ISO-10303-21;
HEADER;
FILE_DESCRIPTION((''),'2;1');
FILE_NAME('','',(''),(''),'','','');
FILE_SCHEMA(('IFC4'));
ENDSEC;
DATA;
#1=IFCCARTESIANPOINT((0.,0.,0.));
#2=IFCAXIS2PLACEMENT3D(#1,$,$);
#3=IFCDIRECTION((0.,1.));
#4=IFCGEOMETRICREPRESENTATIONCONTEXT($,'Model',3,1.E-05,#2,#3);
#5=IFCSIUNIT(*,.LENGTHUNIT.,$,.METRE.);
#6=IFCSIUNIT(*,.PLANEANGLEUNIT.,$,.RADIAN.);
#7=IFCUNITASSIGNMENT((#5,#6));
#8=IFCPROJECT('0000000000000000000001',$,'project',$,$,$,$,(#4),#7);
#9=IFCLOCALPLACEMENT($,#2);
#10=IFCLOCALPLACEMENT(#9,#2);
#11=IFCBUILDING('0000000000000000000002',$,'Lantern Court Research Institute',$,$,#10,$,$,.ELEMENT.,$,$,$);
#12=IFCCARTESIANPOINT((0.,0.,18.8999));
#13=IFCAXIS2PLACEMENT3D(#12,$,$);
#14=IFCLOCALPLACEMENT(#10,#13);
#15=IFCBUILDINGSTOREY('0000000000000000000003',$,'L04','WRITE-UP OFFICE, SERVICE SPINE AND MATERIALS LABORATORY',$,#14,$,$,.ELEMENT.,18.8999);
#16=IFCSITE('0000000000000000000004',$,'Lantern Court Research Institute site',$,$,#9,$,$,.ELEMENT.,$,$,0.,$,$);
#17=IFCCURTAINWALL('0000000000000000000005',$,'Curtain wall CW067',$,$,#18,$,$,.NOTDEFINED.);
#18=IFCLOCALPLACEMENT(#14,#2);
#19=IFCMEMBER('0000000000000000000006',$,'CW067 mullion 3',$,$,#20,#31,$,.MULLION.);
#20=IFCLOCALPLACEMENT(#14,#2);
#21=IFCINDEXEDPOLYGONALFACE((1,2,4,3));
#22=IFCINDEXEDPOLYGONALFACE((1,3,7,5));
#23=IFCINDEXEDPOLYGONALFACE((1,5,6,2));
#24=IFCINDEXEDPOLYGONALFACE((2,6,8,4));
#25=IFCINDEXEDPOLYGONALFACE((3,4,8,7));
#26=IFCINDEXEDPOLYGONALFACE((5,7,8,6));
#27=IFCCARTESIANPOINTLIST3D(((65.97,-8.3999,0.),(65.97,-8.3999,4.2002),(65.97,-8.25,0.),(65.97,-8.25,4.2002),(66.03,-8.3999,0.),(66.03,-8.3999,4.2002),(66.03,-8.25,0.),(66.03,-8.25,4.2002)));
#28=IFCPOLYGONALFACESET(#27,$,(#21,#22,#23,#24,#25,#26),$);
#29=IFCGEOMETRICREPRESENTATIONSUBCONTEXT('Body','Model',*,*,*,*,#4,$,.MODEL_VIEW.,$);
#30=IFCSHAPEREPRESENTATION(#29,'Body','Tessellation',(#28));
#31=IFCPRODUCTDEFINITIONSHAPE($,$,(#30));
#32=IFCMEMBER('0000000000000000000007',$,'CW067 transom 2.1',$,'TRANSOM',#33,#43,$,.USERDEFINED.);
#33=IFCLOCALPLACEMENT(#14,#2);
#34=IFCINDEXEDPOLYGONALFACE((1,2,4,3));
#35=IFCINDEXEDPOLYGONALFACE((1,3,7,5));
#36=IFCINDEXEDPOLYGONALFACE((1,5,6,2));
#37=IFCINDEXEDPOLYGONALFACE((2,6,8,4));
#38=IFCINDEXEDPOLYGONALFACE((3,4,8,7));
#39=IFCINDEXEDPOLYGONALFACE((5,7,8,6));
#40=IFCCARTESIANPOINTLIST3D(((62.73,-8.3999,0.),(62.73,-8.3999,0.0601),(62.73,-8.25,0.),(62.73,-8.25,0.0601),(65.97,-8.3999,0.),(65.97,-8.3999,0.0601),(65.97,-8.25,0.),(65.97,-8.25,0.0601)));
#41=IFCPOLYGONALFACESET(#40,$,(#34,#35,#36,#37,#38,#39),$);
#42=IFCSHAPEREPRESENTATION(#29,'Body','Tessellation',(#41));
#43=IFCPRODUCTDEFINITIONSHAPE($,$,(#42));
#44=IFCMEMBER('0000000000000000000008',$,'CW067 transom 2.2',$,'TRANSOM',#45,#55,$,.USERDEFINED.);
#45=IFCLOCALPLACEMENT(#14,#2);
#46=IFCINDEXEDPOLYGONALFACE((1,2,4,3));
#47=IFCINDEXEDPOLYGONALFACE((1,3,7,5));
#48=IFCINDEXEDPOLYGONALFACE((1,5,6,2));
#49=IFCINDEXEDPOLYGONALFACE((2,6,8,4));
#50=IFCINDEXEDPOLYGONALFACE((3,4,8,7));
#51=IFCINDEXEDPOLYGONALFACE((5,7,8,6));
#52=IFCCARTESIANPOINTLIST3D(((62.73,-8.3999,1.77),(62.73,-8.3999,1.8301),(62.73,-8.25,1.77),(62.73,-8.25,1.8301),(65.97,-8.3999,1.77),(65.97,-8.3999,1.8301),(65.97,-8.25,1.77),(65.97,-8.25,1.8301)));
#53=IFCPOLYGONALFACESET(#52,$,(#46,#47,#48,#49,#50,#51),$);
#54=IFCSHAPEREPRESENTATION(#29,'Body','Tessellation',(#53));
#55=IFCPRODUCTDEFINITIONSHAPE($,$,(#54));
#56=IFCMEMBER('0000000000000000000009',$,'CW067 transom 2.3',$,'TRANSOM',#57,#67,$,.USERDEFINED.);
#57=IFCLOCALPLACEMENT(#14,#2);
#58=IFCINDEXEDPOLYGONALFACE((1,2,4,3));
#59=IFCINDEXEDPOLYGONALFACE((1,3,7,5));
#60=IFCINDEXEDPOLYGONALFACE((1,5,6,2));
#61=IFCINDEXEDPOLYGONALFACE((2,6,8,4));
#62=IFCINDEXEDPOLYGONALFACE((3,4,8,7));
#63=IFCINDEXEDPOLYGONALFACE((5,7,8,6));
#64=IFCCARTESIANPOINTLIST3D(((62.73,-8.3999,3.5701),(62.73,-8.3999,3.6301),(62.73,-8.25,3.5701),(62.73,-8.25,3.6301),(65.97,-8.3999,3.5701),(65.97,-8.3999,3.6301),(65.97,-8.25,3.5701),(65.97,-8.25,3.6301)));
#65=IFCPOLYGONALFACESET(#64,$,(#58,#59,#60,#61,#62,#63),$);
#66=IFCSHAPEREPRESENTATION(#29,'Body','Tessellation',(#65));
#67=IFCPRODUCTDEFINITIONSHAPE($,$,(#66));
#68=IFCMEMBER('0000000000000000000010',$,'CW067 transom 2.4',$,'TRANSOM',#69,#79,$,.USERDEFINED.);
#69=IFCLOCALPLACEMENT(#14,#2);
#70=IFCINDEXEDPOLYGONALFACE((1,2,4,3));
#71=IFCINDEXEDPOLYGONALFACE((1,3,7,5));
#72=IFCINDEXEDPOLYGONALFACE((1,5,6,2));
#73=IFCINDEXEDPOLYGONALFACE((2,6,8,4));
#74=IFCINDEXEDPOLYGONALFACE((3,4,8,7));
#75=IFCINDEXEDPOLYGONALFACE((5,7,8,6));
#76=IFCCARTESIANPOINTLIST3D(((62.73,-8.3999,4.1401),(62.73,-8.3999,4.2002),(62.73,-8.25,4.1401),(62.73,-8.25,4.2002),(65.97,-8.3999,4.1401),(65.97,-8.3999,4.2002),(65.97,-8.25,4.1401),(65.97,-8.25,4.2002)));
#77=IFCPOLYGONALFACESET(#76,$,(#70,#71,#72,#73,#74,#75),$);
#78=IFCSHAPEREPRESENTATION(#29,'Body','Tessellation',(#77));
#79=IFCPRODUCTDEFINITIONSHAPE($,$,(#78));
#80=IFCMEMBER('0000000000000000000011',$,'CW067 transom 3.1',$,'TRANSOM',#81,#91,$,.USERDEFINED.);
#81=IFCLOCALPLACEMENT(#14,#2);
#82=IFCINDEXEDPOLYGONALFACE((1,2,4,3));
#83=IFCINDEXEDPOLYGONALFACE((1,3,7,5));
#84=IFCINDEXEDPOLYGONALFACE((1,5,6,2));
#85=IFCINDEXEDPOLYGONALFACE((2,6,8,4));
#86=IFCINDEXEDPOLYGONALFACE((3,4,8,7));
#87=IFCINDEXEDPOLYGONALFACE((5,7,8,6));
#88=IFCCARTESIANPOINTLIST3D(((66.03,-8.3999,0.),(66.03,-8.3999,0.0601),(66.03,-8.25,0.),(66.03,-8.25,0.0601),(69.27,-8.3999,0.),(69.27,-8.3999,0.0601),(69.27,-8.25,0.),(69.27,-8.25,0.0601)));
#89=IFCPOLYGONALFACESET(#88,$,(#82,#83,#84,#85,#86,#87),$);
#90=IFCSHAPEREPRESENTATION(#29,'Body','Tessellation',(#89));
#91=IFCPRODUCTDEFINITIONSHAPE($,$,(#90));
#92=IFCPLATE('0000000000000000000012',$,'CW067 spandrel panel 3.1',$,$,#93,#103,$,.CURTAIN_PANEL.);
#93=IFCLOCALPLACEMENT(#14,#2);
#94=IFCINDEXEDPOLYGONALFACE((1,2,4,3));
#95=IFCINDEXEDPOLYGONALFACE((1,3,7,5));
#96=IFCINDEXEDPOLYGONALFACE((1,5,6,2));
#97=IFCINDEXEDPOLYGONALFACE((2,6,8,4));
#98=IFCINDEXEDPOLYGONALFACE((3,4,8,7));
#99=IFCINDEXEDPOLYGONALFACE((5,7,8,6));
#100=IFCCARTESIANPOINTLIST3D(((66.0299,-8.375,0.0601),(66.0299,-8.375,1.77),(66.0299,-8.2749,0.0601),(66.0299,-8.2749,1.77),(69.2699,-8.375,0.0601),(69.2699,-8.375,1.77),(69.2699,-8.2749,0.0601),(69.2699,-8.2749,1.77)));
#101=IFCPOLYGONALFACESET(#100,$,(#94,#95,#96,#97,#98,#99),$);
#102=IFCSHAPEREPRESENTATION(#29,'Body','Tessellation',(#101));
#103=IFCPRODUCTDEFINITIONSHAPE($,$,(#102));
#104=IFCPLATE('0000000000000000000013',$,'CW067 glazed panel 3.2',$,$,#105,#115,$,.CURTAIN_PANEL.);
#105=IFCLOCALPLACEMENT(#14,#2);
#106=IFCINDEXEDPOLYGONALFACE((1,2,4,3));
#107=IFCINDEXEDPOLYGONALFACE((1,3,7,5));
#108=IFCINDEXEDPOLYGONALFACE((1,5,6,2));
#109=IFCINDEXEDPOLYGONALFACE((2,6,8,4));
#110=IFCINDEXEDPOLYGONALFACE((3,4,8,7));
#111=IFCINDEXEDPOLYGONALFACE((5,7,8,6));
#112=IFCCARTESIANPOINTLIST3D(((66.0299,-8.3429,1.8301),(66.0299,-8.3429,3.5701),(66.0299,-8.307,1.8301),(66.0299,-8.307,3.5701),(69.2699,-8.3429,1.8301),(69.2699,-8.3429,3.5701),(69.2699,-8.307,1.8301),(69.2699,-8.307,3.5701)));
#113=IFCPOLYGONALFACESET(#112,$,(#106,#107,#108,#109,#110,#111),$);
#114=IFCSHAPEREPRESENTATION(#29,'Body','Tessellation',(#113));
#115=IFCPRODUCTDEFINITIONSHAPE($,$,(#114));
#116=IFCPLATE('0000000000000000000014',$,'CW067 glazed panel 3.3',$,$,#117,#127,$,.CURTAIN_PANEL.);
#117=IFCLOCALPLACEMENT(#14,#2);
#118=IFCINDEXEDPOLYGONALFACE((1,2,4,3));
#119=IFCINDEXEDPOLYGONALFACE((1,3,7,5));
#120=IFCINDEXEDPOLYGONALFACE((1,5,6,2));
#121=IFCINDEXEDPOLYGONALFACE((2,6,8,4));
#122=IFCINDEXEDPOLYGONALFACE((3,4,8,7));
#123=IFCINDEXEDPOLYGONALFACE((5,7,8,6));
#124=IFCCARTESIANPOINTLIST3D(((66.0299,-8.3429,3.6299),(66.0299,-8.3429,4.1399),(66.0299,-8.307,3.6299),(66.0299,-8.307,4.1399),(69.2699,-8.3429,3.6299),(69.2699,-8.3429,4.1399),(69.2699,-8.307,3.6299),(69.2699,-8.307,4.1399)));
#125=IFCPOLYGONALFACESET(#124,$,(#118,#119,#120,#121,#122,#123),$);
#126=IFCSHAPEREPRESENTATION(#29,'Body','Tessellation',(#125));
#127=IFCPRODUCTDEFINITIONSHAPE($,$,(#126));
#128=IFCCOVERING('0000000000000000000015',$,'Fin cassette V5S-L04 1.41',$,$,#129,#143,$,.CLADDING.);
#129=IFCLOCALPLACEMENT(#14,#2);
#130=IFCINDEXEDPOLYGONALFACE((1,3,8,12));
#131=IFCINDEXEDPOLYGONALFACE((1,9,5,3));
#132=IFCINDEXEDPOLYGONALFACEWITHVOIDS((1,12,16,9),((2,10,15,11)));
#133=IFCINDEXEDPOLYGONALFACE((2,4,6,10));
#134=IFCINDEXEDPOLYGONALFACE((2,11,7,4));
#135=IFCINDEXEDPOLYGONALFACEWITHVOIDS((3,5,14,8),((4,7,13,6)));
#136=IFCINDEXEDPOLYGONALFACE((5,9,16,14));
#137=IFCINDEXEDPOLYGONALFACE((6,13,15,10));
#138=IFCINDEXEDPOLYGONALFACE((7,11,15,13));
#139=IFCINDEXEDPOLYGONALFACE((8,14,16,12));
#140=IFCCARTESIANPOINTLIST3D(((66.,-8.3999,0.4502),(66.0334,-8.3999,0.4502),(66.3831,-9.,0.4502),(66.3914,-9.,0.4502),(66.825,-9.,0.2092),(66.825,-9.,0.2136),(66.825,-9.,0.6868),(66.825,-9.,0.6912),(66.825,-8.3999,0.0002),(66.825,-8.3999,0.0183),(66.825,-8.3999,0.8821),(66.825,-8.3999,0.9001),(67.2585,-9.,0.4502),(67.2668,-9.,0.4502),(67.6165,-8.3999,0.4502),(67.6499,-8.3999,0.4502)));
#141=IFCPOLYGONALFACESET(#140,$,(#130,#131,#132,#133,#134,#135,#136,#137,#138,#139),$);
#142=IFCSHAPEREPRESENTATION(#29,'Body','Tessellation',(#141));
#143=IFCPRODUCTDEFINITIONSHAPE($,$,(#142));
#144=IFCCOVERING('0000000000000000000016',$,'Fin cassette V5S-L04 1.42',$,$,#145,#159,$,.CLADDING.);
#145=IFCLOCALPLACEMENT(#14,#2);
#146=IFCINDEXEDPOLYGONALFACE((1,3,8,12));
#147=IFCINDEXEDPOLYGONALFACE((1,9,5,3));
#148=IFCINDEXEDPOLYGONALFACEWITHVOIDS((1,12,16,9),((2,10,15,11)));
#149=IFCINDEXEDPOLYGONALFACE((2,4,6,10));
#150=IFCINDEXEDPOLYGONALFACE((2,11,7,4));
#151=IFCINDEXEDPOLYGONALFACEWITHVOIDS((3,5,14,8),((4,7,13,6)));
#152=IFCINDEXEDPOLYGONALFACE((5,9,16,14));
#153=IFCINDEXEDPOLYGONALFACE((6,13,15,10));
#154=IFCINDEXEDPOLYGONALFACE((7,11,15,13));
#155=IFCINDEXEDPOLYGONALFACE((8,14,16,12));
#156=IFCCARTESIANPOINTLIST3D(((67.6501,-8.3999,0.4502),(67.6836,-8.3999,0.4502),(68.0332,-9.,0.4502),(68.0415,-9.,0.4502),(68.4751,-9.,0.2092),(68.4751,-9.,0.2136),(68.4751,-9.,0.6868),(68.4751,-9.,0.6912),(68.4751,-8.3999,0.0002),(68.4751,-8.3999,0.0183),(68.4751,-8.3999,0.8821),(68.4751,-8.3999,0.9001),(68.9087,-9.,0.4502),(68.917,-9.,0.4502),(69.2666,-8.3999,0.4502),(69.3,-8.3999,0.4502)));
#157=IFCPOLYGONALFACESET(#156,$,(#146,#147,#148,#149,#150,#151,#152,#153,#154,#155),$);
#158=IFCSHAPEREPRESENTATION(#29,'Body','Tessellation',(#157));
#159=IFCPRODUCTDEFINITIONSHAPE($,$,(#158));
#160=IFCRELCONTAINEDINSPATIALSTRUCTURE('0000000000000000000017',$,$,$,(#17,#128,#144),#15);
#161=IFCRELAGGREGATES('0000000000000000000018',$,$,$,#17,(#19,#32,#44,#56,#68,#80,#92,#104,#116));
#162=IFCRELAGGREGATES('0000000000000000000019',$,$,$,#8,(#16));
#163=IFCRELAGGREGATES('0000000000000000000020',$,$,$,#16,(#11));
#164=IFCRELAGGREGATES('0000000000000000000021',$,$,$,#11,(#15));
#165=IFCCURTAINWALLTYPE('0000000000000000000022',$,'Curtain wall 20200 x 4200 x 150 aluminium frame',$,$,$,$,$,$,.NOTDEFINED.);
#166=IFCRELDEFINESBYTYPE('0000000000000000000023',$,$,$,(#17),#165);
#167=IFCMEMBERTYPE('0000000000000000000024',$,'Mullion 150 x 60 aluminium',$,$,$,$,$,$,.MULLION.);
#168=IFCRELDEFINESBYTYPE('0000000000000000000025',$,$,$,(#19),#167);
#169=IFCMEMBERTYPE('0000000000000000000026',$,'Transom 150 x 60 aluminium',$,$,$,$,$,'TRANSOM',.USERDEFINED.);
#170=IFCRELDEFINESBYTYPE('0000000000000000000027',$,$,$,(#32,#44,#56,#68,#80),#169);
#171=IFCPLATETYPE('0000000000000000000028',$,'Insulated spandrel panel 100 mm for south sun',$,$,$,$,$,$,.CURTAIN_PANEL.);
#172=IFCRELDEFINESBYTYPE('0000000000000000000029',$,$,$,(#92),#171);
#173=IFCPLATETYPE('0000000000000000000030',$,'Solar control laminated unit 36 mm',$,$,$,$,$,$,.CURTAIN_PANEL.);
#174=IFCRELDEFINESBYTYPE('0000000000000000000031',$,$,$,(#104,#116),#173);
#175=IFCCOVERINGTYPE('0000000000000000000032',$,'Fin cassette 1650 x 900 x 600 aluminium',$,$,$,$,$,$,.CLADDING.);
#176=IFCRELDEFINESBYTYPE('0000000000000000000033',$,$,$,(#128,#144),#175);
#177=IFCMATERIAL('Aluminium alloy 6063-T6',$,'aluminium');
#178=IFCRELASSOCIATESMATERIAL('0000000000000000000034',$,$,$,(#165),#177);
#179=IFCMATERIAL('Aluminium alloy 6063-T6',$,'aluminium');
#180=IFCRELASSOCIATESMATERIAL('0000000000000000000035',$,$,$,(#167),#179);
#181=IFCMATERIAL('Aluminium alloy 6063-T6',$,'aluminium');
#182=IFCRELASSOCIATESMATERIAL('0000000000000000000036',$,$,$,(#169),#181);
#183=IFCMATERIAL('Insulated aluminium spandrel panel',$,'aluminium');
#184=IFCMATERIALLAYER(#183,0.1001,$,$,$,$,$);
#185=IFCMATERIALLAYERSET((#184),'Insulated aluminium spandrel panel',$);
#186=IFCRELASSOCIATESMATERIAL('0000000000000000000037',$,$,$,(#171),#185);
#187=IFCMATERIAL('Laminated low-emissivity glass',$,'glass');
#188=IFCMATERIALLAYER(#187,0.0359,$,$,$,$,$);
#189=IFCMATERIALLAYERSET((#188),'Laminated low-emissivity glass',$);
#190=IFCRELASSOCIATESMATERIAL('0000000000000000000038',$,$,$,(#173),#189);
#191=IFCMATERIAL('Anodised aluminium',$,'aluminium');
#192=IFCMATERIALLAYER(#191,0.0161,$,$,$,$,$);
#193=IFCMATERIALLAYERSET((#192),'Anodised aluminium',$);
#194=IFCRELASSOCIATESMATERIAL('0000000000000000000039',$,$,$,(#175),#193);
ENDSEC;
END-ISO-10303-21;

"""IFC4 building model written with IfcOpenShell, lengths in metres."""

from ifc_helpers import new_model, entity, si_unit, direction, frame, origin, origin_2d, place, context, subcontext, project, spatial, rectangle, extrude, material, layer, layer_set, material_profile, profile_set, type_object, element, aggregate, save


model = new_model("IFC4")

# Units and contexts
model_context = context("Model", 3, precision=1e-05, world=origin(), true_north=direction((0.0, 1.0)))
body_context = subcontext(model_context, "Body", "Model", "MODEL_VIEW")
ifc_project = project(units=[si_unit("LENGTHUNIT", "METRE"), si_unit("PLANEANGLEUNIT", "RADIAN")], contexts=[model_context])

# Site, building, storey
site_placement = place(None, origin())
site = spatial("IfcSite", under=ifc_project, at=site_placement, Name="Lantern Court Research Institute site", CompositionType="ELEMENT", RefElevation=0.0)
building_placement = place(site_placement, origin())
building = spatial("IfcBuilding", under=site, at=building_placement, Name="Lantern Court Research Institute", CompositionType="ELEMENT")
storey_placement = place(building_placement, frame((0.0, 0.0, 18.8999)))
storey = spatial("IfcBuildingStorey", under=building, at=storey_placement, Name="L04", Description="WRITE-UP OFFICE, SERVICE SPINE AND MATERIALS LABORATORY", CompositionType="ELEMENT", Elevation=18.8999)

# Curtain wall, members, plates
ifc_material_1 = material(Name="Aluminium alloy 6063-T6", Category="aluminium")
curtain_wall_type = type_object("IfcCurtainWallType", Name="Curtain wall 20200 x 4200 x 150 aluminium frame", PredefinedType="NOTDEFINED", material=ifc_material_1)
curtain_wall_placement = place(storey_placement, origin())
curtain_wall = element("IfcCurtainWall", 1, at=curtain_wall_placement, inside=storey, type_object=curtain_wall_type, Name="Curtain wall CW067", PredefinedType="NOTDEFINED")
ifc_material_2 = material(Name="Aluminium alloy 6063-T6", Category="aluminium")
ifc_material_profile_1 = material_profile(ifc_material_2, rectangle(XDim=0.1499, YDim=0.0601, at=origin_2d()), Name="Mullion 150 x 60")
ifc_profile_set_1 = profile_set([ifc_material_profile_1], Name="Aluminium alloy 6063-T6")
member_type_1 = type_object("IfcMemberType", Name="Mullion 150 x 60 aluminium", PredefinedType="MULLION", material=ifc_profile_set_1)
member_1_placement = place(storey_placement, frame((66.0, -8.325, 0.0), z_axis=(0.0, 0.0, 1.0), x_axis=(0.0, -1.0, 0.0)))
member_1 = element("IfcMember", 2, at=member_1_placement, type_object=member_type_1, Name="CW067 mullion 3", PredefinedType="MULLION", context=body_context, shape_type="SweptSolid", body=[
    extrude(rectangle(XDim=0.1499, YDim=0.0601, at=origin_2d()), origin(), (0.0, 0.0, 1.0), 4.2002),
])
ifc_material_3 = material(Name="Aluminium alloy 6063-T6", Category="aluminium")
ifc_material_profile_2 = material_profile(ifc_material_3, rectangle(XDim=0.1499, YDim=0.0601, at=origin_2d()), Name="Transom 150 x 60")
ifc_profile_set_2 = profile_set([ifc_material_profile_2], Name="Aluminium alloy 6063-T6")
member_type_2 = type_object("IfcMemberType", Name="Transom 150 x 60 aluminium", ElementType="TRANSOM", PredefinedType="USERDEFINED", material=ifc_profile_set_2)
member_2_placement = place(storey_placement, frame((65.97, -8.325, 0.03), z_axis=(-1.0, 0.0, 0.0), x_axis=(0.0, -1.0, 0.0)))
member_2 = element("IfcMember", 3, at=member_2_placement, type_object=member_type_2, Name="CW067 transom 2.1", ObjectType="TRANSOM", PredefinedType="USERDEFINED", context=body_context, shape_type="SweptSolid", body=[
    extrude(rectangle(XDim=0.1499, YDim=0.0601, at=origin_2d()), origin(), (0.0, 0.0, 1.0), 3.24),
])
member_3_placement = place(storey_placement, frame((65.97, -8.325, 1.8), z_axis=(-1.0, 0.0, 0.0), x_axis=(0.0, -1.0, 0.0)))
member_3 = element("IfcMember", 4, at=member_3_placement, type_object=member_type_2, Name="CW067 transom 2.2", ObjectType="TRANSOM", PredefinedType="USERDEFINED", context=body_context, shape_type="SweptSolid", body=[
    extrude(rectangle(XDim=0.1499, YDim=0.0601, at=origin_2d()), origin(), (0.0, 0.0, 1.0), 3.24),
])
member_4_placement = place(storey_placement, frame((65.97, -8.325, 3.6001), z_axis=(-1.0, 0.0, 0.0), x_axis=(0.0, -1.0, 0.0)))
member_4 = element("IfcMember", 5, at=member_4_placement, type_object=member_type_2, Name="CW067 transom 2.3", ObjectType="TRANSOM", PredefinedType="USERDEFINED", context=body_context, shape_type="SweptSolid", body=[
    extrude(rectangle(XDim=0.1499, YDim=0.0601, at=origin_2d()), origin(), (0.0, 0.0, 1.0), 3.24),
])
member_5_placement = place(storey_placement, frame((65.97, -8.325, 4.1702), z_axis=(-1.0, 0.0, 0.0), x_axis=(0.0, -1.0, 0.0)))
member_5 = element("IfcMember", 6, at=member_5_placement, type_object=member_type_2, Name="CW067 transom 2.4", ObjectType="TRANSOM", PredefinedType="USERDEFINED", context=body_context, shape_type="SweptSolid", body=[
    extrude(rectangle(XDim=0.1499, YDim=0.0601, at=origin_2d()), origin(), (0.0, 0.0, 1.0), 3.24),
])
member_6_placement = place(storey_placement, frame((69.27, -8.325, 0.03), z_axis=(-1.0, 0.0, 0.0), x_axis=(0.0, -1.0, 0.0)))
member_6 = element("IfcMember", 7, at=member_6_placement, type_object=member_type_2, Name="CW067 transom 3.1", ObjectType="TRANSOM", PredefinedType="USERDEFINED", context=body_context, shape_type="SweptSolid", body=[
    extrude(rectangle(XDim=0.1499, YDim=0.0601, at=origin_2d()), origin(), (0.0, 0.0, 1.0), 3.24),
])
ifc_material_4 = material(Name="Insulated aluminium spandrel panel", Category="aluminium")
ifc_layer_1 = layer(ifc_material_4, 0.1001)
ifc_layer_set_1 = layer_set([ifc_layer_1], Name="Insulated aluminium spandrel panel")
plate_type_1 = type_object("IfcPlateType", Name="Insulated spandrel panel 100 mm for south sun", PredefinedType="CURTAIN_PANEL", material=ifc_layer_set_1)
plate_1_placement = place(storey_placement, frame((67.6499, -8.325, 0.0601), z_axis=(0.0, 0.0, 1.0), x_axis=(-1.0, 0.0, 0.0)))
plate_1 = element("IfcPlate", 8, at=plate_1_placement, type_object=plate_type_1, Name="CW067 spandrel panel 3.1", PredefinedType="CURTAIN_PANEL", context=body_context, shape_type="SweptSolid", body=[
    extrude(rectangle(XDim=3.24, YDim=0.1001, at=origin_2d()), origin(), (0.0, 0.0, 1.0), 1.71),
])
ifc_material_5 = material(Name="Laminated low-emissivity glass", Category="glass")
ifc_layer_2 = layer(ifc_material_5, 0.0359)
ifc_layer_set_2 = layer_set([ifc_layer_2], Name="Laminated low-emissivity glass")
plate_type_2 = type_object("IfcPlateType", Name="Solar control laminated unit 36 mm", PredefinedType="CURTAIN_PANEL", material=ifc_layer_set_2)
plate_2_placement = place(storey_placement, frame((67.6499, -8.325, 1.8301), z_axis=(0.0, 0.0, 1.0), x_axis=(-1.0, 0.0, 0.0)))
plate_2 = element("IfcPlate", 9, at=plate_2_placement, type_object=plate_type_2, Name="CW067 glazed panel 3.2", PredefinedType="CURTAIN_PANEL", context=body_context, shape_type="SweptSolid", body=[
    extrude(rectangle(XDim=3.24, YDim=0.0359, at=origin_2d()), origin(), (0.0, 0.0, 1.0), 1.74),
])
plate_3_placement = place(storey_placement, frame((67.6499, -8.325, 3.6299), z_axis=(0.0, 0.0, 1.0), x_axis=(-1.0, 0.0, 0.0)))
plate_3 = element("IfcPlate", 10, at=plate_3_placement, type_object=plate_type_2, Name="CW067 glazed panel 3.3", PredefinedType="CURTAIN_PANEL", context=body_context, shape_type="SweptSolid", body=[
    extrude(rectangle(XDim=3.24, YDim=0.0359, at=origin_2d()), origin(), (0.0, 0.0, 1.0), 0.51),
])
aggregate(curtain_wall, [member_1, member_2, member_3, member_4, member_5, member_6, plate_1, plate_2, plate_3])

# Coverings
ifc_material_6 = material(Name="Anodised aluminium", Category="aluminium")
ifc_layer_3 = layer(ifc_material_6, 0.0161)
ifc_layer_set_3 = layer_set([ifc_layer_3], Name="Anodised aluminium")
covering_type = type_object("IfcCoveringType", Name="Fin cassette 1650 x 900 x 600 aluminium", PredefinedType="CLADDING", material=ifc_layer_set_3)
covering_1_placement = place(storey_placement, frame((66.825, -8.3999, 0.4502), z_axis=(0.0, -1.0, 0.0), x_axis=(1.0, 0.0, 0.0)))
cartesian_point_1 = entity("IfcCartesianPoint", [0.825, 0.0])
cartesian_point_2 = entity("IfcCartesianPoint", [0.7915, 0.0])
cartesian_point_3 = entity("IfcCartesianPoint", [0.4419, 0.0])
cartesian_point_4 = entity("IfcCartesianPoint", [0.4336, 0.0])
element("IfcCovering", 11, at=covering_1_placement, inside=storey, type_object=covering_type, Name="Fin cassette V5S-L04 1.41", PredefinedType="CLADDING", context=body_context, shape_type="SweptSolid", body=[
    entity("IfcExtrudedAreaSolidTapered", entity("IfcArbitraryProfileDefWithVoids", "AREA", None, entity("IfcPolyline", [cartesian_point_1, entity("IfcCartesianPoint", [0.0, 0.45]), entity("IfcCartesianPoint", [-0.825, 0.0]), entity("IfcCartesianPoint", [0.0, -0.45]), cartesian_point_1]), [entity("IfcPolyline", [cartesian_point_2, entity("IfcCartesianPoint", [0.0, 0.4319]), entity("IfcCartesianPoint", [-0.7915, 0.0]), entity("IfcCartesianPoint", [0.0, -0.4319]), cartesian_point_2])]), entity("IfcAxis2Placement3D", entity("IfcCartesianPoint", [0.0, 0.0, 0.0])), entity("IfcDirection", [0.0, 0.0, 1.0]), 0.6001, entity("IfcArbitraryProfileDefWithVoids", "AREA", None, entity("IfcPolyline", [cartesian_point_3, entity("IfcCartesianPoint", [0.0, 0.241]), entity("IfcCartesianPoint", [-0.4419, 0.0]), entity("IfcCartesianPoint", [0.0, -0.241]), cartesian_point_3]), [entity("IfcPolyline", [cartesian_point_4, entity("IfcCartesianPoint", [0.0, 0.2366]), entity("IfcCartesianPoint", [-0.4336, 0.0]), entity("IfcCartesianPoint", [0.0, -0.2366]), cartesian_point_4])])),
])
covering_2_placement = place(storey_placement, frame((68.4751, -8.3999, 0.4502), z_axis=(0.0, -1.0, 0.0), x_axis=(1.0, 0.0, 0.0)))
cartesian_point_5 = entity("IfcCartesianPoint", [0.825, 0.0])
cartesian_point_6 = entity("IfcCartesianPoint", [0.7915, 0.0])
cartesian_point_7 = entity("IfcCartesianPoint", [0.4419, 0.0])
cartesian_point_8 = entity("IfcCartesianPoint", [0.4336, 0.0])
element("IfcCovering", 12, at=covering_2_placement, inside=storey, type_object=covering_type, Name="Fin cassette V5S-L04 1.42", PredefinedType="CLADDING", context=body_context, shape_type="SweptSolid", body=[
    entity("IfcExtrudedAreaSolidTapered", entity("IfcArbitraryProfileDefWithVoids", "AREA", None, entity("IfcPolyline", [cartesian_point_5, entity("IfcCartesianPoint", [0.0, 0.45]), entity("IfcCartesianPoint", [-0.825, 0.0]), entity("IfcCartesianPoint", [0.0, -0.45]), cartesian_point_5]), [entity("IfcPolyline", [cartesian_point_6, entity("IfcCartesianPoint", [0.0, 0.4319]), entity("IfcCartesianPoint", [-0.7915, 0.0]), entity("IfcCartesianPoint", [0.0, -0.4319]), cartesian_point_6])]), entity("IfcAxis2Placement3D", entity("IfcCartesianPoint", [0.0, 0.0, 0.0])), entity("IfcDirection", [0.0, 0.0, 1.0]), 0.6001, entity("IfcArbitraryProfileDefWithVoids", "AREA", None, entity("IfcPolyline", [cartesian_point_7, entity("IfcCartesianPoint", [0.0, 0.241]), entity("IfcCartesianPoint", [-0.4419, 0.0]), entity("IfcCartesianPoint", [0.0, -0.241]), cartesian_point_7]), [entity("IfcPolyline", [cartesian_point_8, entity("IfcCartesianPoint", [0.0, 0.2366]), entity("IfcCartesianPoint", [-0.4336, 0.0]), entity("IfcCartesianPoint", [0.0, -0.2366]), cartesian_point_8])])),
])

save(model, "model.ifc")
